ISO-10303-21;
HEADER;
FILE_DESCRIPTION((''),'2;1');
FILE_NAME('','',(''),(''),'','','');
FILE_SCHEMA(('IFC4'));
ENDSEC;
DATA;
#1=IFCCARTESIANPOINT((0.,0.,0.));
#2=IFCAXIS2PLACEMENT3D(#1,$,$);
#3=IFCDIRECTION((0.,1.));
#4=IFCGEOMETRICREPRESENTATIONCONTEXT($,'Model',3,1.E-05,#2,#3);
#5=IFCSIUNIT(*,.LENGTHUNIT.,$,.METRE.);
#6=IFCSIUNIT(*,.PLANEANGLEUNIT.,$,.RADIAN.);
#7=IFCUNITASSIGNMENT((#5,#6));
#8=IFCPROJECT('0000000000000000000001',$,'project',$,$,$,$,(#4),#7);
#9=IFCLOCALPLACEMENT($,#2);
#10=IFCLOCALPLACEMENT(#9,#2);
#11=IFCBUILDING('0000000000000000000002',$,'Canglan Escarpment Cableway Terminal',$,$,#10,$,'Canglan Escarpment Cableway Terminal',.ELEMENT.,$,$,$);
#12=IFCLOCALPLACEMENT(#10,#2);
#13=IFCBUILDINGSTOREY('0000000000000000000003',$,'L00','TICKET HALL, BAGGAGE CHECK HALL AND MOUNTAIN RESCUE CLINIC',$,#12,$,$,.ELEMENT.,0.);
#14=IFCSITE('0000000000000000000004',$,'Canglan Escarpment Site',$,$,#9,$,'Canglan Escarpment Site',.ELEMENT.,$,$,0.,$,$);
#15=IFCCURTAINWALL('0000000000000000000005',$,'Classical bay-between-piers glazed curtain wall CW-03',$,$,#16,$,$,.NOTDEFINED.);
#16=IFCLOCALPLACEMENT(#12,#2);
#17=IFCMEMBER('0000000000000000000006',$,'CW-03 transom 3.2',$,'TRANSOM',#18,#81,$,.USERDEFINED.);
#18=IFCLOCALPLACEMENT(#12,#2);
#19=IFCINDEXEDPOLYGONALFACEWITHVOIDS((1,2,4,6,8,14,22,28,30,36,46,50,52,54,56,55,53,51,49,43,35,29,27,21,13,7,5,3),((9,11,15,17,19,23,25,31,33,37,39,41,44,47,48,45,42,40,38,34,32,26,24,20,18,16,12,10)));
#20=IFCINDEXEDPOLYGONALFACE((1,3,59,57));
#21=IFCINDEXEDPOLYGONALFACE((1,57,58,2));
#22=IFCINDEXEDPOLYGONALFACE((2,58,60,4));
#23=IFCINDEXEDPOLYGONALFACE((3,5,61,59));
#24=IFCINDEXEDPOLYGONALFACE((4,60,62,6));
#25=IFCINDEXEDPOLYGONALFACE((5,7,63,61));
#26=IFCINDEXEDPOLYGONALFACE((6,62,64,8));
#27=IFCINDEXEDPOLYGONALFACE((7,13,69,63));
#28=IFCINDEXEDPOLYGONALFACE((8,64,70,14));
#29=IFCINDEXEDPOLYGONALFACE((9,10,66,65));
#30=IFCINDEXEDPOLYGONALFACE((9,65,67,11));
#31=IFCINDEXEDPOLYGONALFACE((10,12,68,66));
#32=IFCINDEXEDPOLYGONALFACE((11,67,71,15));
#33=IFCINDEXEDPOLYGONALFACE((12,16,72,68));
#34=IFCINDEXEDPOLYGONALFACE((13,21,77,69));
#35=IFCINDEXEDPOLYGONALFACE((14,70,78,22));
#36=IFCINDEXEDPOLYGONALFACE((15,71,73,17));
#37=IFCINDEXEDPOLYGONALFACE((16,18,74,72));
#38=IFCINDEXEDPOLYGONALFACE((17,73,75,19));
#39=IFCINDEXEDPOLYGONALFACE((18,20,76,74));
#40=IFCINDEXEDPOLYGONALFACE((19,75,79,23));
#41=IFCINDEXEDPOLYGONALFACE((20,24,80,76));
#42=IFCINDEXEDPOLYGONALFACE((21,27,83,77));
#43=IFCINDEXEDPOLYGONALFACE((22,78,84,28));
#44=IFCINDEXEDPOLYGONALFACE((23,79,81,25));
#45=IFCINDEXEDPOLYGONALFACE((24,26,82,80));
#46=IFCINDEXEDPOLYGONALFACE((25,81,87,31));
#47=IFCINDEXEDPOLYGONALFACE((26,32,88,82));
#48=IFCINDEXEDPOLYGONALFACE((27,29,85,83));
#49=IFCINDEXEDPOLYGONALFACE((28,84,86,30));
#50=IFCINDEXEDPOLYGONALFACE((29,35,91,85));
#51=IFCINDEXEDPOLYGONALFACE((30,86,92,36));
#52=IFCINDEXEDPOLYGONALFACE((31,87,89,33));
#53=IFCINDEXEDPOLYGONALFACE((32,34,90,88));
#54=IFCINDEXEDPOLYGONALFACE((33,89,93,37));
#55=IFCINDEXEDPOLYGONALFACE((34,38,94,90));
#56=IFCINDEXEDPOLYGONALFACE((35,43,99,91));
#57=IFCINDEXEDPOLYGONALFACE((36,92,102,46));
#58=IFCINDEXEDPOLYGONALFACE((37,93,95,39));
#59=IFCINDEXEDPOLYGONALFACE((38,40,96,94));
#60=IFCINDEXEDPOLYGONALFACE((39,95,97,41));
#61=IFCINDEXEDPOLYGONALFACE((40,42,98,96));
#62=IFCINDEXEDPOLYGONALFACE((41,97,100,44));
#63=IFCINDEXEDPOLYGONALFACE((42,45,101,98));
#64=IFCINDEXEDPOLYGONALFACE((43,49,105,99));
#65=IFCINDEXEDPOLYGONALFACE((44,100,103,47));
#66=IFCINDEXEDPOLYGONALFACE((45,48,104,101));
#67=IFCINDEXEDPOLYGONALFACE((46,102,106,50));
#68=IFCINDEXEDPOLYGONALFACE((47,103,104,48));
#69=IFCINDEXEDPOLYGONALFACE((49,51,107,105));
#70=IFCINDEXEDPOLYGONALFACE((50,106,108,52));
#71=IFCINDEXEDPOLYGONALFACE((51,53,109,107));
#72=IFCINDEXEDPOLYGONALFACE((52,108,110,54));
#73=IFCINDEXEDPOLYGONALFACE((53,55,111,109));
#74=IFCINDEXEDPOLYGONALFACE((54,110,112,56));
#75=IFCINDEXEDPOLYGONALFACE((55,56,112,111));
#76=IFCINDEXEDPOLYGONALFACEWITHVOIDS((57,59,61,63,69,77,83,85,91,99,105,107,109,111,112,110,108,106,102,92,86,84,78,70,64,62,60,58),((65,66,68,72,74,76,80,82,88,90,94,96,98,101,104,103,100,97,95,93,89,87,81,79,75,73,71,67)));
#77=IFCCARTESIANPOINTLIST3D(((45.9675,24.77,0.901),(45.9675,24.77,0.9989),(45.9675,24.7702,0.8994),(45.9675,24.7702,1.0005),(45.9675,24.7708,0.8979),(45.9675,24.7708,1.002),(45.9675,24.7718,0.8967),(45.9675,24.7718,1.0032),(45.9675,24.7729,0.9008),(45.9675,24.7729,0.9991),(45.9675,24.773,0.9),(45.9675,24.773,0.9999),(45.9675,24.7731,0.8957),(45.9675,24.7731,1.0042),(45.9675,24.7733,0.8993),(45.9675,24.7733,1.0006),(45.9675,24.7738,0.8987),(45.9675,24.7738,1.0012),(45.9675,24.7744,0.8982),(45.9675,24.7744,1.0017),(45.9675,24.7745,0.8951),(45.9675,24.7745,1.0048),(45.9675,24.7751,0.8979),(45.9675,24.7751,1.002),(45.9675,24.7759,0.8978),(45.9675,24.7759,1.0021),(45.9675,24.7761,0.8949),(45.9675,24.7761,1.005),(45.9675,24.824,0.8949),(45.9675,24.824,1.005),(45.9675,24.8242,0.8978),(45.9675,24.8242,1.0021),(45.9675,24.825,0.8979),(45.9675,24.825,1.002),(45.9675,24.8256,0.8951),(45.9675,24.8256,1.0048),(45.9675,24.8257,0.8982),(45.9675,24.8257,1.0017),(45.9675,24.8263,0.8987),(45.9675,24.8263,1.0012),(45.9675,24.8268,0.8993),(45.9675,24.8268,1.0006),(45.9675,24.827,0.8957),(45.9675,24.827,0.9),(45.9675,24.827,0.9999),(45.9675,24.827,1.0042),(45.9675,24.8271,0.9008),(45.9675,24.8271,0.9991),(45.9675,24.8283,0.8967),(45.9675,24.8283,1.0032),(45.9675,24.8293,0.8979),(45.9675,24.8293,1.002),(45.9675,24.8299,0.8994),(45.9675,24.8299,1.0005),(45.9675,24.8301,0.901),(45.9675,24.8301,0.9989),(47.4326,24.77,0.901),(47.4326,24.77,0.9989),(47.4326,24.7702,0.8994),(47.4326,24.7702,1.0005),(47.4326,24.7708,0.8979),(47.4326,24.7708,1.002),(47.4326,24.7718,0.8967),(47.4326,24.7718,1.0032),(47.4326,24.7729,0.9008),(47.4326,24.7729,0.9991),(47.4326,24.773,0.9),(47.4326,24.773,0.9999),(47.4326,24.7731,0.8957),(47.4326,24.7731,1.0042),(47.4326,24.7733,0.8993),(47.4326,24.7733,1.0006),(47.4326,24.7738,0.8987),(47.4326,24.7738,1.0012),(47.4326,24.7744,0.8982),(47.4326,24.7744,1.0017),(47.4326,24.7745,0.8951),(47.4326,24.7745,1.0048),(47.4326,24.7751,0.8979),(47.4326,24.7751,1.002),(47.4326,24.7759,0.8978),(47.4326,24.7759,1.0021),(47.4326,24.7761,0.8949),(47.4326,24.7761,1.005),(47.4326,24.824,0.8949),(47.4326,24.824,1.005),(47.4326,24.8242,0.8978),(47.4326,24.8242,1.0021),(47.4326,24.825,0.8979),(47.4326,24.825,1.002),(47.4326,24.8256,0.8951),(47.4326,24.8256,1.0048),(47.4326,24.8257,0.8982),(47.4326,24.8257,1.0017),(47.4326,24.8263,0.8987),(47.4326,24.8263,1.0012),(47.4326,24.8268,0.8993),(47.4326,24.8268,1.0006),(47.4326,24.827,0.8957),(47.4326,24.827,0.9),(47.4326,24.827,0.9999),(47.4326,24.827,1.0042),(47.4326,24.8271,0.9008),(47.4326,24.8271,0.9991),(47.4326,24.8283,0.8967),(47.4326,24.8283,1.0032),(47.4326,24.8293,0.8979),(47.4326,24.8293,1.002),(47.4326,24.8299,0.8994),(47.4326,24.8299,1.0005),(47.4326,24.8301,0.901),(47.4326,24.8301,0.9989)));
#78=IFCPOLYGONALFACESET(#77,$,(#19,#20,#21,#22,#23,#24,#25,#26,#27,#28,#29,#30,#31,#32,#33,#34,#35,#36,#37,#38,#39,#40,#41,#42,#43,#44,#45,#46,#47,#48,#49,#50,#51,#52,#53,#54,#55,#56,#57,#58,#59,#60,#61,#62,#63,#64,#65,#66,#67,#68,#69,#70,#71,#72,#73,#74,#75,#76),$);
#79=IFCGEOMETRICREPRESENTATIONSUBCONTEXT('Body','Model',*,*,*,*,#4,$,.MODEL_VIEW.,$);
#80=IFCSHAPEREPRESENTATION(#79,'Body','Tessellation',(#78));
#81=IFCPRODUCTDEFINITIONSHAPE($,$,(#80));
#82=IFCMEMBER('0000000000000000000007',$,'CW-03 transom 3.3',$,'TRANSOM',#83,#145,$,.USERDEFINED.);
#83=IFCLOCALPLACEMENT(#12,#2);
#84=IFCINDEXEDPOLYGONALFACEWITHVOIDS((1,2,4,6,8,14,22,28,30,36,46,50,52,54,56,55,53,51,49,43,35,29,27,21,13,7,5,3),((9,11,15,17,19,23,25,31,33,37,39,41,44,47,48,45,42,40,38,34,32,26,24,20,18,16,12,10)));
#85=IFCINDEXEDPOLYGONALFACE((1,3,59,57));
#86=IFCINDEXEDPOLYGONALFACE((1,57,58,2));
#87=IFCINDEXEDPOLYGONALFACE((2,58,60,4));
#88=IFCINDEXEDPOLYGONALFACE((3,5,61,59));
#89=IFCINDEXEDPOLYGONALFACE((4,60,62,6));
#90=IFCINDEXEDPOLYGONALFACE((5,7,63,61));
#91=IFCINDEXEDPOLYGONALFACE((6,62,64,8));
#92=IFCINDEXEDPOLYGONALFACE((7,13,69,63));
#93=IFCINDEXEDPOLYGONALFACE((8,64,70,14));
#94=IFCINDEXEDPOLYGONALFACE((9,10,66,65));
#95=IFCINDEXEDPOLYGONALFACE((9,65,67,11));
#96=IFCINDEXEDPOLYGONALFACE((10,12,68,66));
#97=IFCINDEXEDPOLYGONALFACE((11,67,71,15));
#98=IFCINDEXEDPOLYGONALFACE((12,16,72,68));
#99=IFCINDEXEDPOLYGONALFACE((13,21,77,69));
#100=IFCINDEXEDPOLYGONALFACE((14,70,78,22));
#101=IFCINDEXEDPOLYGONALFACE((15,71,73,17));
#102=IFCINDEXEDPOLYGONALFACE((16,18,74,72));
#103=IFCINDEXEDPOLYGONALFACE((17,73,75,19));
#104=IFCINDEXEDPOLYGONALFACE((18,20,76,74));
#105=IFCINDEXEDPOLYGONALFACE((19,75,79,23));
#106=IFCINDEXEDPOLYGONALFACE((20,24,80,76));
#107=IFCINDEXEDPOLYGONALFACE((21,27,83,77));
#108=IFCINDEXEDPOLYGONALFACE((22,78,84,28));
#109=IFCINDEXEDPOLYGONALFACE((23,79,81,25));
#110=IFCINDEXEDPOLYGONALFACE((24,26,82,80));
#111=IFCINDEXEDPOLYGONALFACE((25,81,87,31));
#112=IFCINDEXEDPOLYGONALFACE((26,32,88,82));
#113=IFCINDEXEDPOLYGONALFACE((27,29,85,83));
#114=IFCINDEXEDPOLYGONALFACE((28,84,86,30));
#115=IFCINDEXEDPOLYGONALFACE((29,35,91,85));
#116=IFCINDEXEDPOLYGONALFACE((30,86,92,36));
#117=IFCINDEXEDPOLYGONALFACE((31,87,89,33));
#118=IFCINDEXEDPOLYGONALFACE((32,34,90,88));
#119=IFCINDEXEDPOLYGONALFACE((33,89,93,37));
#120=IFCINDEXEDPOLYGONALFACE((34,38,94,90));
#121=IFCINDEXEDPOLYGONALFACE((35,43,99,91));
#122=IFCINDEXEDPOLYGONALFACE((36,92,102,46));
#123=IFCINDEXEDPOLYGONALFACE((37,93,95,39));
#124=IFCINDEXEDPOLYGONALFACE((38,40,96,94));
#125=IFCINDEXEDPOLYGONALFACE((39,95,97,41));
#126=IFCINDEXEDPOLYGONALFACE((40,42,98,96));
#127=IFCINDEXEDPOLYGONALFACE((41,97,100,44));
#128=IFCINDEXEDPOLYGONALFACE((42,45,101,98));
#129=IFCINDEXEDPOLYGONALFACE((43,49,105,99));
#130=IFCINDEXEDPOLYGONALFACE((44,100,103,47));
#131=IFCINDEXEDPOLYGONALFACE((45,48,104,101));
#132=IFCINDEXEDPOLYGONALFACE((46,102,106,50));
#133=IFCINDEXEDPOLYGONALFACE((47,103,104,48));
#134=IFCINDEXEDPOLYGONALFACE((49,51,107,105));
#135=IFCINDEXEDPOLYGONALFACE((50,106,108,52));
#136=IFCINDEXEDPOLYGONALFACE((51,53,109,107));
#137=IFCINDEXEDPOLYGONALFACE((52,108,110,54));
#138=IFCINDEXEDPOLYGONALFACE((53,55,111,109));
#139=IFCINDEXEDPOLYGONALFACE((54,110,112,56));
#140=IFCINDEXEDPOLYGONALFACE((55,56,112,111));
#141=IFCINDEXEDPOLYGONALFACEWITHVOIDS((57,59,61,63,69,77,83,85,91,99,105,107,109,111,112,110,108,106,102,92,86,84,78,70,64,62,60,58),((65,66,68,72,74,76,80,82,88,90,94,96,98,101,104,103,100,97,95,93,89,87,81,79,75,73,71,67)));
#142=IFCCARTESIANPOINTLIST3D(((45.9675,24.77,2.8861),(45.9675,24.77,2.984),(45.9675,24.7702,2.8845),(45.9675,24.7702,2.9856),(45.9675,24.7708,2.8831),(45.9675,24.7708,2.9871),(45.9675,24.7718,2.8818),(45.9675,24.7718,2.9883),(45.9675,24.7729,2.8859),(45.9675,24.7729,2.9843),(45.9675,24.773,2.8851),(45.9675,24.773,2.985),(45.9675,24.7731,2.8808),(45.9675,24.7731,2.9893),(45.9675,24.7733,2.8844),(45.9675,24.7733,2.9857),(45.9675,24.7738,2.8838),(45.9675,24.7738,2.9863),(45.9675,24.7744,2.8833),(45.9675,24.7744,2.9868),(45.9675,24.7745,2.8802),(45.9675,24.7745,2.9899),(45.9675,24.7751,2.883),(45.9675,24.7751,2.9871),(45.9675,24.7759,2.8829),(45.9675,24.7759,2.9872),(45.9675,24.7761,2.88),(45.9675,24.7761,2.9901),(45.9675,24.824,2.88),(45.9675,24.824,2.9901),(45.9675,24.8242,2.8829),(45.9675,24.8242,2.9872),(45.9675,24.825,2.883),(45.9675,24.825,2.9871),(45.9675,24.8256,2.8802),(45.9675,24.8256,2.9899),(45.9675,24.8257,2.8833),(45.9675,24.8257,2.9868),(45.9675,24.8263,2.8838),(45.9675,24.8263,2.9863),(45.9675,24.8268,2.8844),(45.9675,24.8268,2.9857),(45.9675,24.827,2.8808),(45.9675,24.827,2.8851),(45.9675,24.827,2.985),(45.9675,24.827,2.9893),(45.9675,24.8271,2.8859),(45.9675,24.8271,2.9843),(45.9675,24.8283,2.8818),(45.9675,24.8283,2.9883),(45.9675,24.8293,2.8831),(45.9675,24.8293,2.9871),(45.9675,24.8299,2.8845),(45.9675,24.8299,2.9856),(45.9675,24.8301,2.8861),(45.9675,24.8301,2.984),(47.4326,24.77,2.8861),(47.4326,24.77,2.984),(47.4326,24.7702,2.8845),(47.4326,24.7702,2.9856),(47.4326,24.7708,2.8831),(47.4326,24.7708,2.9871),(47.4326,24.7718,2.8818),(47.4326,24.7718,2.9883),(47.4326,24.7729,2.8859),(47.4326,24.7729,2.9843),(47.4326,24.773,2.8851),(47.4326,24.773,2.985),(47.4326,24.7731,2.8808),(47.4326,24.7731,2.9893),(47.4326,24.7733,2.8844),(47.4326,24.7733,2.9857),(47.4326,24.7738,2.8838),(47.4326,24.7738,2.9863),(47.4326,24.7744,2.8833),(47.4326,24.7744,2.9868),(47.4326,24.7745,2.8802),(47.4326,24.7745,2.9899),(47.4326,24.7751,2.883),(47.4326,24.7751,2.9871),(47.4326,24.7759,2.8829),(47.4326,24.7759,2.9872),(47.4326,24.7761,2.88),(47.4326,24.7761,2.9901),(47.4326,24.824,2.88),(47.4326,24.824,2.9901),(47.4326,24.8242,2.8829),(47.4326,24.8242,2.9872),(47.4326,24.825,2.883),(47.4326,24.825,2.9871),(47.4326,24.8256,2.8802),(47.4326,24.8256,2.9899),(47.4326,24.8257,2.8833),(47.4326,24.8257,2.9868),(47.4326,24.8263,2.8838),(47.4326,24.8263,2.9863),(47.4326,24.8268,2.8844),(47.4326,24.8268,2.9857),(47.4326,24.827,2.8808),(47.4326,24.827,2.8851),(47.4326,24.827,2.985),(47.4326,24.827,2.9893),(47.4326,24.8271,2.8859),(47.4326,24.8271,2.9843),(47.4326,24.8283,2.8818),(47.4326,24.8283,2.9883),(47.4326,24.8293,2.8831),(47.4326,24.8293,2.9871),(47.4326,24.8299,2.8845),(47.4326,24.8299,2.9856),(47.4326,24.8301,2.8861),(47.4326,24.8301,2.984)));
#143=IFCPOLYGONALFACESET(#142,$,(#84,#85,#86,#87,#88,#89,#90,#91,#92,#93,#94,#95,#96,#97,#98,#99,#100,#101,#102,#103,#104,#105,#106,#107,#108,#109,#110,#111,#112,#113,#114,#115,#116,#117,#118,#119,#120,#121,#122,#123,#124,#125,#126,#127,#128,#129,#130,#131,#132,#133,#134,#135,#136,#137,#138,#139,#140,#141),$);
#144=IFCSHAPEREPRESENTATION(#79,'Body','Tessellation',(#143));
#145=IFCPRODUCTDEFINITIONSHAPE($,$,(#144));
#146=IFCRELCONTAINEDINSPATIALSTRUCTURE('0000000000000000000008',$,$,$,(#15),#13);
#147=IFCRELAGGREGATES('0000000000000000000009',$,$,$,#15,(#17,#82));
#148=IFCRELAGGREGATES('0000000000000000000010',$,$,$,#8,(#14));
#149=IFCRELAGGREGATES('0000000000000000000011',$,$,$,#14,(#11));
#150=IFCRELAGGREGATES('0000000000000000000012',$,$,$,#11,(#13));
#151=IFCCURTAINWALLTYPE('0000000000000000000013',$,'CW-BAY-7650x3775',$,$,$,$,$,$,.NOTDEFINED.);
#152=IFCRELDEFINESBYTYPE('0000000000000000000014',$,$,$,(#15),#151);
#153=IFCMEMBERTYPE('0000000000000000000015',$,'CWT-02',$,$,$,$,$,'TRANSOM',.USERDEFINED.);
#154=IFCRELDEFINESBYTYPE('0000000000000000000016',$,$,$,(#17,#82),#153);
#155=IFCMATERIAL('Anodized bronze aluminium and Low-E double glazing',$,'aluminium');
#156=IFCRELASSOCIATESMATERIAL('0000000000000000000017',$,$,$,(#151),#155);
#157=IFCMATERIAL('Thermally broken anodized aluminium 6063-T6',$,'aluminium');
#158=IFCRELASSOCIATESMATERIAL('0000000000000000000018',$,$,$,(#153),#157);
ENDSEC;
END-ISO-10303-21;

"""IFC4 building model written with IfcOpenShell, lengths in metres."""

from ifc_helpers import new_model, si_unit, direction, frame, origin, origin_2d, place, context, subcontext, project, spatial, hollow_rectangle, extrude, material, material_profile, profile_set, type_object, element, aggregate, save


model = new_model("IFC4")

# Units and contexts
model_context = context("Model", 3, precision=1e-05, world=origin(), true_north=direction((0.0, 1.0)))
body_context = subcontext(model_context, "Body", "Model", "MODEL_VIEW")
ifc_project = project(units=[si_unit("LENGTHUNIT", "METRE"), si_unit("PLANEANGLEUNIT", "RADIAN")], contexts=[model_context])

# Site, building, storey
site_placement = place(None, origin())
site = spatial("IfcSite", under=ifc_project, at=site_placement, Name="Canglan Escarpment Site", LongName="Canglan Escarpment Site", CompositionType="ELEMENT", RefElevation=0.0)
building_placement = place(site_placement, origin())
building = spatial("IfcBuilding", under=site, at=building_placement, Name="Canglan Escarpment Cableway Terminal", LongName="Canglan Escarpment Cableway Terminal", CompositionType="ELEMENT")
storey_placement = place(building_placement, origin())
storey = spatial("IfcBuildingStorey", under=building, at=storey_placement, Name="L00", Description="TICKET HALL, BAGGAGE CHECK HALL AND MOUNTAIN RESCUE CLINIC", CompositionType="ELEMENT", Elevation=0.0)

# Curtain wall, members
ifc_material_1 = material(Name="Anodized bronze aluminium and Low-E double glazing", Category="aluminium")
curtain_wall_type = type_object("IfcCurtainWallType", Name="CW-BAY-7650x3775", PredefinedType="NOTDEFINED", material=ifc_material_1)
curtain_wall_placement = place(storey_placement, origin())
curtain_wall = element("IfcCurtainWall", 1, at=curtain_wall_placement, inside=storey, type_object=curtain_wall_type, Name="Classical bay-between-piers glazed curtain wall CW-03", PredefinedType="NOTDEFINED")
ifc_material_2 = material(Name="Thermally broken anodized aluminium 6063-T6", Category="aluminium")
ifc_material_profile_1 = material_profile(ifc_material_2, hollow_rectangle(XDim=0.0601, YDim=0.1101, WallThickness=0.0029, InnerFilletRadius=0.0029, OuterFilletRadius=0.0061, at=origin_2d()), Name="ALU-TRAN 60x110x3")
ifc_profile_set_1 = profile_set([ifc_material_profile_1], Name="Thermally broken anodized aluminium 6063-T6")
member_type_1 = type_object("IfcMemberType", Name="CWT-02", ElementType="TRANSOM", PredefinedType="USERDEFINED", material=ifc_profile_set_1)
member_1_placement = place(storey_placement, frame((47.4326, 24.8, 0.95), z_axis=(-1.0, 0.0, 0.0), x_axis=(0.0, -1.0, 0.0)))
member_1 = element("IfcMember", 2, at=member_1_placement, type_object=member_type_1, Name="CW-03 transom 3.2", ObjectType="TRANSOM", PredefinedType="USERDEFINED", context=body_context, shape_type="SweptSolid", body=[
    extrude(hollow_rectangle(XDim=0.0601, YDim=0.1101, WallThickness=0.0029, InnerFilletRadius=0.0029, OuterFilletRadius=0.0061, at=origin_2d()), origin(), (0.0, 0.0, 1.0), 1.4651),
])
member_2_placement = place(storey_placement, frame((47.4326, 24.8, 2.9351), z_axis=(-1.0, 0.0, 0.0), x_axis=(0.0, -1.0, 0.0)))
member_2 = element("IfcMember", 3, at=member_2_placement, type_object=member_type_1, Name="CW-03 transom 3.3", ObjectType="TRANSOM", PredefinedType="USERDEFINED", context=body_context, shape_type="SweptSolid", body=[
    extrude(hollow_rectangle(XDim=0.0601, YDim=0.1101, WallThickness=0.0029, InnerFilletRadius=0.0029, OuterFilletRadius=0.0061, at=origin_2d()), origin(), (0.0, 0.0, 1.0), 1.4651),
])
aggregate(curtain_wall, [member_1, member_2])

save(model, "model.ifc")
